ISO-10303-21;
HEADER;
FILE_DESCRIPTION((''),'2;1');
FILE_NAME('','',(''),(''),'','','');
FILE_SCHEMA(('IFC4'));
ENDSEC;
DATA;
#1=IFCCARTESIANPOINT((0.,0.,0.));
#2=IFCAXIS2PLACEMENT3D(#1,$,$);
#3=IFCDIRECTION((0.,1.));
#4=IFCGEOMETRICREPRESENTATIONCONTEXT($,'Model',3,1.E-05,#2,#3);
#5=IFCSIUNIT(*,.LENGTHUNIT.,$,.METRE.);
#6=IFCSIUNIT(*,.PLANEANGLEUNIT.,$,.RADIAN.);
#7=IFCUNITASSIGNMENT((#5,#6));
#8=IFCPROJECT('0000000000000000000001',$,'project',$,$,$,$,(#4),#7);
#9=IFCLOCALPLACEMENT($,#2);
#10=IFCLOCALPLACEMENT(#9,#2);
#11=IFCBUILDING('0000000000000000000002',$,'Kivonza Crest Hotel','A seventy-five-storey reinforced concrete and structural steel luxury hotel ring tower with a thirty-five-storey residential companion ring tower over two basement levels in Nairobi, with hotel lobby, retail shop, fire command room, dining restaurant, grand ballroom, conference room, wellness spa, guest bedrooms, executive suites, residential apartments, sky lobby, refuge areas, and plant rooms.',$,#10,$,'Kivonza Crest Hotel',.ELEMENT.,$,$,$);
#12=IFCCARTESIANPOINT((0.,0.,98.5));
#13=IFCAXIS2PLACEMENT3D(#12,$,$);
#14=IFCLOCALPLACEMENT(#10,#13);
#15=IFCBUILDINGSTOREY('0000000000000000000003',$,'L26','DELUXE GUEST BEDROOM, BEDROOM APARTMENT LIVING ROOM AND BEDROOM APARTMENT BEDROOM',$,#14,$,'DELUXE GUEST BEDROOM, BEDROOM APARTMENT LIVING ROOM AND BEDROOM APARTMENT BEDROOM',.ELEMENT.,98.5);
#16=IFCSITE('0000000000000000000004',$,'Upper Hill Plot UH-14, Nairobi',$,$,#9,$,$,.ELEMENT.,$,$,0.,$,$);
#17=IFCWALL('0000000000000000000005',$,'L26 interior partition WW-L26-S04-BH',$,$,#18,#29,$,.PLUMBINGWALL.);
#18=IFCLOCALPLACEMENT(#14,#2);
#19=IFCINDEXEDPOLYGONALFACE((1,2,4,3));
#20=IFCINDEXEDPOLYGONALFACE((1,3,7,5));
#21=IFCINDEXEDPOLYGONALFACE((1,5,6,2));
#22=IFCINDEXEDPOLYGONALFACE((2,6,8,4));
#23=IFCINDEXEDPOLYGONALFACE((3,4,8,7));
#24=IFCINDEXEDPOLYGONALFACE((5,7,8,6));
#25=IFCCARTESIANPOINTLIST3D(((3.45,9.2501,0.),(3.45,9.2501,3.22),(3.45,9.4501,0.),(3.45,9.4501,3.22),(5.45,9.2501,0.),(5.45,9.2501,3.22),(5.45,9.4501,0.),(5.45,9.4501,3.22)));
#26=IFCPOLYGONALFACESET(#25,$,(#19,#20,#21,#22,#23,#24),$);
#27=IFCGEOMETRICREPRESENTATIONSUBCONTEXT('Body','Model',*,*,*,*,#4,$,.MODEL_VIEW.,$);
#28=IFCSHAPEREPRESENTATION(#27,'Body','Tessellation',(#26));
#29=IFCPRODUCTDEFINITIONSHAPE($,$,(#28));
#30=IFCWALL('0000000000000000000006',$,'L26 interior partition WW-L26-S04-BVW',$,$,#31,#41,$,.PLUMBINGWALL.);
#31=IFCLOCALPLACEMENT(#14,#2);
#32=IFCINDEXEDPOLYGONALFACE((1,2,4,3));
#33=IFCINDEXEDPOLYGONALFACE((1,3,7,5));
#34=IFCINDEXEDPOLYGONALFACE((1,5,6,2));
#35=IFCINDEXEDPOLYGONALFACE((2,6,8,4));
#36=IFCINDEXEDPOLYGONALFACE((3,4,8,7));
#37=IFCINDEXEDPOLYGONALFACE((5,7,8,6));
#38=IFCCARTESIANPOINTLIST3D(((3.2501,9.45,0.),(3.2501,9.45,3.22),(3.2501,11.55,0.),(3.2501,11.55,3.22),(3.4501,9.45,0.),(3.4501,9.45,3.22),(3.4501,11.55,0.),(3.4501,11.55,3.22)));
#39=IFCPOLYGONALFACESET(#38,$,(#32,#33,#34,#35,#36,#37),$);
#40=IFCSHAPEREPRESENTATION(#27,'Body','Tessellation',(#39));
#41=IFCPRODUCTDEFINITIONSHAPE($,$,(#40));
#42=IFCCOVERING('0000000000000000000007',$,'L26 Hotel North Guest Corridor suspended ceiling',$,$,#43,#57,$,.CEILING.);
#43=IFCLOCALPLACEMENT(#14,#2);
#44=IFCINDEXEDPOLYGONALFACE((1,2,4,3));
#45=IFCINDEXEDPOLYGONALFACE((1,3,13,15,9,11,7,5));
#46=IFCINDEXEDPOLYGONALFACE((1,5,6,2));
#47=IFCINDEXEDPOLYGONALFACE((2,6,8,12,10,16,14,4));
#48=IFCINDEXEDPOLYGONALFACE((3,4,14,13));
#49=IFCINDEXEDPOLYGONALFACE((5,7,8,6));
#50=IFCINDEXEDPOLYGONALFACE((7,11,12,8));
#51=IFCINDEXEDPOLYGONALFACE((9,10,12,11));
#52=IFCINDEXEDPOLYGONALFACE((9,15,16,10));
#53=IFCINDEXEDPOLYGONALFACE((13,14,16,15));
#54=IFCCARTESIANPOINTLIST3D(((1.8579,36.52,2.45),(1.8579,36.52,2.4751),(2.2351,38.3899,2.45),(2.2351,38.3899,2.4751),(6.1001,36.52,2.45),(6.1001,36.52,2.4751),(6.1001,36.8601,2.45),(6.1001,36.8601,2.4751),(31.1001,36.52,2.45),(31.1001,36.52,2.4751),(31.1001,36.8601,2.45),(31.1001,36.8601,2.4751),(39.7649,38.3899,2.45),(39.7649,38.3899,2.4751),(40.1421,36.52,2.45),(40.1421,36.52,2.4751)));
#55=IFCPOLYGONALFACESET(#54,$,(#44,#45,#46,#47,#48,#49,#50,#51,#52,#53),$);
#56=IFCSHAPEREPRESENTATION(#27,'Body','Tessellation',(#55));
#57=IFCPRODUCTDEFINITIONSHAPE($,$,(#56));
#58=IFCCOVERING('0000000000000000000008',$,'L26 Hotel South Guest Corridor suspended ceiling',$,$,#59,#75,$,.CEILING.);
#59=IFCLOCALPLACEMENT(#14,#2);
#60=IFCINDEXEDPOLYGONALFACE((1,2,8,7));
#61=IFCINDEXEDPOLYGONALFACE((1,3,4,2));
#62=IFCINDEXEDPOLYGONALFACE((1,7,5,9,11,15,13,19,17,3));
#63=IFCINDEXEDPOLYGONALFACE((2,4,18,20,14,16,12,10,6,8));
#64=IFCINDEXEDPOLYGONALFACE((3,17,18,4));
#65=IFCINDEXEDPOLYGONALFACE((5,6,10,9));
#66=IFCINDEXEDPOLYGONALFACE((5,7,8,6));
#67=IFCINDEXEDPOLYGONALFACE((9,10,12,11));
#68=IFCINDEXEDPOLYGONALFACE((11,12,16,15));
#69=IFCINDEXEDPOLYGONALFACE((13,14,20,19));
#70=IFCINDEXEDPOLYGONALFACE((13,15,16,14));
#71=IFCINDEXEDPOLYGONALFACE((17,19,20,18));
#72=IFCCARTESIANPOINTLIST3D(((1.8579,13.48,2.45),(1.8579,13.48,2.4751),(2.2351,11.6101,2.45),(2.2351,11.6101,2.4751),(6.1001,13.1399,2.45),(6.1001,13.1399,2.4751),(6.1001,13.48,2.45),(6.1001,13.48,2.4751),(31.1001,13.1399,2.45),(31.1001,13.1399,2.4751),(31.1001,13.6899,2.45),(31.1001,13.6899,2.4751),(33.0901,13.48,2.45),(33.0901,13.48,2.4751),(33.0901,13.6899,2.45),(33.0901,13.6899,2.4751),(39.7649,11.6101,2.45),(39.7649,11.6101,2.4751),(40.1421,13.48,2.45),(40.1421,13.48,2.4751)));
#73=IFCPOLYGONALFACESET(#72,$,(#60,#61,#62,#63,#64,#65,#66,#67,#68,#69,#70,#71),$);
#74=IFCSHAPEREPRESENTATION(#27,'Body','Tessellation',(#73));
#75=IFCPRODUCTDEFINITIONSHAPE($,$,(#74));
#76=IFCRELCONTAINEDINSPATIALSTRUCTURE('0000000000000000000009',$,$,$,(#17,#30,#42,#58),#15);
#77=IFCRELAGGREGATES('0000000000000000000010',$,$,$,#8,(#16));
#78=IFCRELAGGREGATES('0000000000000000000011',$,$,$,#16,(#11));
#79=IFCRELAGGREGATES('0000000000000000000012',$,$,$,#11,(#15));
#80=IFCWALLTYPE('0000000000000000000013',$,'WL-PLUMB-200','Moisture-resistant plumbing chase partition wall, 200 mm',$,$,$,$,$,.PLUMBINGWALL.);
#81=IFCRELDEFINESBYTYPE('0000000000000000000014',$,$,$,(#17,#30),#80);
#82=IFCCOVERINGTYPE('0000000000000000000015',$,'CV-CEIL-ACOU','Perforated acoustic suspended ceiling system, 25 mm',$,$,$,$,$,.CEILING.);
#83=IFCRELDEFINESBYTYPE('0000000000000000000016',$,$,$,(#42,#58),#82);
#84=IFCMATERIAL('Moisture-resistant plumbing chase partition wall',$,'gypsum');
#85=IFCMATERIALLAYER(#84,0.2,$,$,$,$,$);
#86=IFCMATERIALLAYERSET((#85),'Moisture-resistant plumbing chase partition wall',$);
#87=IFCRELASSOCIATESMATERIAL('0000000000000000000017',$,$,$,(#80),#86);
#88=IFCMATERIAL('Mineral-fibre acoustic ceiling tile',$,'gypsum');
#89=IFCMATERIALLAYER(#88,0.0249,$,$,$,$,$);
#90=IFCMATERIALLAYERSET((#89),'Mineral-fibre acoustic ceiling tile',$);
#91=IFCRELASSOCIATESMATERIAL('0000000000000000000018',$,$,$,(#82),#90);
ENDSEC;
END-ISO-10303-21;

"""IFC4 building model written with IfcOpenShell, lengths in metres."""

from ifc_helpers import new_model, si_unit, direction, frame, frame_2d, origin, place, context, subcontext, project, spatial, polyline, rectangle, outline, extrude, material, layer, layer_set, type_object, element, save


model = new_model("IFC4")

# Units and contexts
model_context = context("Model", 3, precision=1e-05, world=origin(), true_north=direction((0.0, 1.0)))
body_context = subcontext(model_context, "Body", "Model", "MODEL_VIEW")
ifc_project = project(units=[si_unit("LENGTHUNIT", "METRE"), si_unit("PLANEANGLEUNIT", "RADIAN")], contexts=[model_context])

# Site, building, storey
site_placement = place(None, origin())
site = spatial("IfcSite", under=ifc_project, at=site_placement, Name="Upper Hill Plot UH-14, Nairobi", CompositionType="ELEMENT", RefElevation=0.0)
building_placement = place(site_placement, origin())
building = spatial("IfcBuilding", under=site, at=building_placement, Name="Kivonza Crest Hotel", Description="A seventy-five-storey reinforced concrete and structural steel luxury hotel ring tower with a thirty-five-storey residential companion ring tower over two basement levels in Nairobi, with hotel lobby, retail shop, fire command room, dining restaurant, grand ballroom, conference room, wellness spa, guest bedrooms, executive suites, residential apartments, sky lobby, refuge areas, and plant rooms.", LongName="Kivonza Crest Hotel", CompositionType="ELEMENT")
storey_placement = place(building_placement, frame((0.0, 0.0, 98.5)))
storey = spatial("IfcBuildingStorey", under=building, at=storey_placement, Name="L26", Description="DELUXE GUEST BEDROOM, BEDROOM APARTMENT LIVING ROOM AND BEDROOM APARTMENT BEDROOM", LongName="DELUXE GUEST BEDROOM, BEDROOM APARTMENT LIVING ROOM AND BEDROOM APARTMENT BEDROOM", CompositionType="ELEMENT", Elevation=98.5)

# Walls
ifc_material_1 = material(Name="Moisture-resistant plumbing chase partition wall", Category="gypsum")
ifc_layer_1 = layer(ifc_material_1, 0.2)
ifc_layer_set_1 = layer_set([ifc_layer_1], Name="Moisture-resistant plumbing chase partition wall")
wall_type_1 = type_object("IfcWallType", Name="WL-PLUMB-200", Description="Moisture-resistant plumbing chase partition wall, 200 mm", PredefinedType="PLUMBINGWALL", material=ifc_layer_set_1)
wall_1_placement = place(storey_placement, frame((3.45, 9.3501, 0.0), z_axis=(0.0, 0.0, 1.0), x_axis=(1.0, 0.0, 0.0)))
element("IfcWall", 1, at=wall_1_placement, inside=storey, type_object=wall_type_1, Name="L26 interior partition WW-L26-S04-BH", PredefinedType="PLUMBINGWALL", context=body_context, shape_type="SweptSolid", body=[
    extrude(rectangle(XDim=2.0, YDim=0.2, at=frame_2d((1.0, 0.0))), origin(), (0.0, 0.0, 1.0), 3.22),
])
wall_2_placement = place(storey_placement, frame((3.3501, 9.45, 0.0), z_axis=(0.0, 0.0, 1.0), x_axis=(0.0, 1.0, 0.0)))
element("IfcWall", 2, at=wall_2_placement, inside=storey, type_object=wall_type_1, Name="L26 interior partition WW-L26-S04-BVW", PredefinedType="PLUMBINGWALL", context=body_context, shape_type="SweptSolid", body=[
    extrude(rectangle(XDim=2.1001, YDim=0.2, at=frame_2d((1.05, 0.0))), origin(), (0.0, 0.0, 1.0), 3.22),
])

# Coverings
ifc_material_2 = material(Name="Mineral-fibre acoustic ceiling tile", Category="gypsum")
ifc_layer_2 = layer(ifc_material_2, 0.0249)
ifc_layer_set_2 = layer_set([ifc_layer_2], Name="Mineral-fibre acoustic ceiling tile")
covering_type = type_object("IfcCoveringType", Name="CV-CEIL-ACOU", Description="Perforated acoustic suspended ceiling system, 25 mm", PredefinedType="CEILING", material=ifc_layer_set_2)
covering_1_placement = place(storey_placement, frame((0.0, 0.0, 2.45)))
element("IfcCovering", 3, at=covering_1_placement, inside=storey, type_object=covering_type, Name="L26 Hotel North Guest Corridor suspended ceiling", PredefinedType="CEILING", context=body_context, shape_type="SweptSolid", body=[
    extrude(outline(polyline([(2.2351, 38.3899), (1.8579, 36.52), (6.1001, 36.52), (6.1001, 36.8601), (31.1001, 36.8601), (31.1001, 36.52), (40.1421, 36.52), (39.7649, 38.3899), (2.2351, 38.3899)])), origin(), (0.0, 0.0, 1.0), 0.0251),
])
covering_2_placement = place(storey_placement, frame((0.0, 0.0, 2.45)))
element("IfcCovering", 4, at=covering_2_placement, inside=storey, type_object=covering_type, Name="L26 Hotel South Guest Corridor suspended ceiling", PredefinedType="CEILING", context=body_context, shape_type="SweptSolid", body=[
    extrude(outline(polyline([(33.0901, 13.48), (33.0901, 13.6899), (31.1001, 13.6899), (31.1001, 13.1399), (6.1001, 13.1399), (6.1001, 13.48), (1.8579, 13.48), (2.2351, 11.6101), (39.7649, 11.6101), (40.1421, 13.48), (33.0901, 13.48)])), origin(), (0.0, 0.0, 1.0), 0.0251),
])

save(model, "model.ifc")
